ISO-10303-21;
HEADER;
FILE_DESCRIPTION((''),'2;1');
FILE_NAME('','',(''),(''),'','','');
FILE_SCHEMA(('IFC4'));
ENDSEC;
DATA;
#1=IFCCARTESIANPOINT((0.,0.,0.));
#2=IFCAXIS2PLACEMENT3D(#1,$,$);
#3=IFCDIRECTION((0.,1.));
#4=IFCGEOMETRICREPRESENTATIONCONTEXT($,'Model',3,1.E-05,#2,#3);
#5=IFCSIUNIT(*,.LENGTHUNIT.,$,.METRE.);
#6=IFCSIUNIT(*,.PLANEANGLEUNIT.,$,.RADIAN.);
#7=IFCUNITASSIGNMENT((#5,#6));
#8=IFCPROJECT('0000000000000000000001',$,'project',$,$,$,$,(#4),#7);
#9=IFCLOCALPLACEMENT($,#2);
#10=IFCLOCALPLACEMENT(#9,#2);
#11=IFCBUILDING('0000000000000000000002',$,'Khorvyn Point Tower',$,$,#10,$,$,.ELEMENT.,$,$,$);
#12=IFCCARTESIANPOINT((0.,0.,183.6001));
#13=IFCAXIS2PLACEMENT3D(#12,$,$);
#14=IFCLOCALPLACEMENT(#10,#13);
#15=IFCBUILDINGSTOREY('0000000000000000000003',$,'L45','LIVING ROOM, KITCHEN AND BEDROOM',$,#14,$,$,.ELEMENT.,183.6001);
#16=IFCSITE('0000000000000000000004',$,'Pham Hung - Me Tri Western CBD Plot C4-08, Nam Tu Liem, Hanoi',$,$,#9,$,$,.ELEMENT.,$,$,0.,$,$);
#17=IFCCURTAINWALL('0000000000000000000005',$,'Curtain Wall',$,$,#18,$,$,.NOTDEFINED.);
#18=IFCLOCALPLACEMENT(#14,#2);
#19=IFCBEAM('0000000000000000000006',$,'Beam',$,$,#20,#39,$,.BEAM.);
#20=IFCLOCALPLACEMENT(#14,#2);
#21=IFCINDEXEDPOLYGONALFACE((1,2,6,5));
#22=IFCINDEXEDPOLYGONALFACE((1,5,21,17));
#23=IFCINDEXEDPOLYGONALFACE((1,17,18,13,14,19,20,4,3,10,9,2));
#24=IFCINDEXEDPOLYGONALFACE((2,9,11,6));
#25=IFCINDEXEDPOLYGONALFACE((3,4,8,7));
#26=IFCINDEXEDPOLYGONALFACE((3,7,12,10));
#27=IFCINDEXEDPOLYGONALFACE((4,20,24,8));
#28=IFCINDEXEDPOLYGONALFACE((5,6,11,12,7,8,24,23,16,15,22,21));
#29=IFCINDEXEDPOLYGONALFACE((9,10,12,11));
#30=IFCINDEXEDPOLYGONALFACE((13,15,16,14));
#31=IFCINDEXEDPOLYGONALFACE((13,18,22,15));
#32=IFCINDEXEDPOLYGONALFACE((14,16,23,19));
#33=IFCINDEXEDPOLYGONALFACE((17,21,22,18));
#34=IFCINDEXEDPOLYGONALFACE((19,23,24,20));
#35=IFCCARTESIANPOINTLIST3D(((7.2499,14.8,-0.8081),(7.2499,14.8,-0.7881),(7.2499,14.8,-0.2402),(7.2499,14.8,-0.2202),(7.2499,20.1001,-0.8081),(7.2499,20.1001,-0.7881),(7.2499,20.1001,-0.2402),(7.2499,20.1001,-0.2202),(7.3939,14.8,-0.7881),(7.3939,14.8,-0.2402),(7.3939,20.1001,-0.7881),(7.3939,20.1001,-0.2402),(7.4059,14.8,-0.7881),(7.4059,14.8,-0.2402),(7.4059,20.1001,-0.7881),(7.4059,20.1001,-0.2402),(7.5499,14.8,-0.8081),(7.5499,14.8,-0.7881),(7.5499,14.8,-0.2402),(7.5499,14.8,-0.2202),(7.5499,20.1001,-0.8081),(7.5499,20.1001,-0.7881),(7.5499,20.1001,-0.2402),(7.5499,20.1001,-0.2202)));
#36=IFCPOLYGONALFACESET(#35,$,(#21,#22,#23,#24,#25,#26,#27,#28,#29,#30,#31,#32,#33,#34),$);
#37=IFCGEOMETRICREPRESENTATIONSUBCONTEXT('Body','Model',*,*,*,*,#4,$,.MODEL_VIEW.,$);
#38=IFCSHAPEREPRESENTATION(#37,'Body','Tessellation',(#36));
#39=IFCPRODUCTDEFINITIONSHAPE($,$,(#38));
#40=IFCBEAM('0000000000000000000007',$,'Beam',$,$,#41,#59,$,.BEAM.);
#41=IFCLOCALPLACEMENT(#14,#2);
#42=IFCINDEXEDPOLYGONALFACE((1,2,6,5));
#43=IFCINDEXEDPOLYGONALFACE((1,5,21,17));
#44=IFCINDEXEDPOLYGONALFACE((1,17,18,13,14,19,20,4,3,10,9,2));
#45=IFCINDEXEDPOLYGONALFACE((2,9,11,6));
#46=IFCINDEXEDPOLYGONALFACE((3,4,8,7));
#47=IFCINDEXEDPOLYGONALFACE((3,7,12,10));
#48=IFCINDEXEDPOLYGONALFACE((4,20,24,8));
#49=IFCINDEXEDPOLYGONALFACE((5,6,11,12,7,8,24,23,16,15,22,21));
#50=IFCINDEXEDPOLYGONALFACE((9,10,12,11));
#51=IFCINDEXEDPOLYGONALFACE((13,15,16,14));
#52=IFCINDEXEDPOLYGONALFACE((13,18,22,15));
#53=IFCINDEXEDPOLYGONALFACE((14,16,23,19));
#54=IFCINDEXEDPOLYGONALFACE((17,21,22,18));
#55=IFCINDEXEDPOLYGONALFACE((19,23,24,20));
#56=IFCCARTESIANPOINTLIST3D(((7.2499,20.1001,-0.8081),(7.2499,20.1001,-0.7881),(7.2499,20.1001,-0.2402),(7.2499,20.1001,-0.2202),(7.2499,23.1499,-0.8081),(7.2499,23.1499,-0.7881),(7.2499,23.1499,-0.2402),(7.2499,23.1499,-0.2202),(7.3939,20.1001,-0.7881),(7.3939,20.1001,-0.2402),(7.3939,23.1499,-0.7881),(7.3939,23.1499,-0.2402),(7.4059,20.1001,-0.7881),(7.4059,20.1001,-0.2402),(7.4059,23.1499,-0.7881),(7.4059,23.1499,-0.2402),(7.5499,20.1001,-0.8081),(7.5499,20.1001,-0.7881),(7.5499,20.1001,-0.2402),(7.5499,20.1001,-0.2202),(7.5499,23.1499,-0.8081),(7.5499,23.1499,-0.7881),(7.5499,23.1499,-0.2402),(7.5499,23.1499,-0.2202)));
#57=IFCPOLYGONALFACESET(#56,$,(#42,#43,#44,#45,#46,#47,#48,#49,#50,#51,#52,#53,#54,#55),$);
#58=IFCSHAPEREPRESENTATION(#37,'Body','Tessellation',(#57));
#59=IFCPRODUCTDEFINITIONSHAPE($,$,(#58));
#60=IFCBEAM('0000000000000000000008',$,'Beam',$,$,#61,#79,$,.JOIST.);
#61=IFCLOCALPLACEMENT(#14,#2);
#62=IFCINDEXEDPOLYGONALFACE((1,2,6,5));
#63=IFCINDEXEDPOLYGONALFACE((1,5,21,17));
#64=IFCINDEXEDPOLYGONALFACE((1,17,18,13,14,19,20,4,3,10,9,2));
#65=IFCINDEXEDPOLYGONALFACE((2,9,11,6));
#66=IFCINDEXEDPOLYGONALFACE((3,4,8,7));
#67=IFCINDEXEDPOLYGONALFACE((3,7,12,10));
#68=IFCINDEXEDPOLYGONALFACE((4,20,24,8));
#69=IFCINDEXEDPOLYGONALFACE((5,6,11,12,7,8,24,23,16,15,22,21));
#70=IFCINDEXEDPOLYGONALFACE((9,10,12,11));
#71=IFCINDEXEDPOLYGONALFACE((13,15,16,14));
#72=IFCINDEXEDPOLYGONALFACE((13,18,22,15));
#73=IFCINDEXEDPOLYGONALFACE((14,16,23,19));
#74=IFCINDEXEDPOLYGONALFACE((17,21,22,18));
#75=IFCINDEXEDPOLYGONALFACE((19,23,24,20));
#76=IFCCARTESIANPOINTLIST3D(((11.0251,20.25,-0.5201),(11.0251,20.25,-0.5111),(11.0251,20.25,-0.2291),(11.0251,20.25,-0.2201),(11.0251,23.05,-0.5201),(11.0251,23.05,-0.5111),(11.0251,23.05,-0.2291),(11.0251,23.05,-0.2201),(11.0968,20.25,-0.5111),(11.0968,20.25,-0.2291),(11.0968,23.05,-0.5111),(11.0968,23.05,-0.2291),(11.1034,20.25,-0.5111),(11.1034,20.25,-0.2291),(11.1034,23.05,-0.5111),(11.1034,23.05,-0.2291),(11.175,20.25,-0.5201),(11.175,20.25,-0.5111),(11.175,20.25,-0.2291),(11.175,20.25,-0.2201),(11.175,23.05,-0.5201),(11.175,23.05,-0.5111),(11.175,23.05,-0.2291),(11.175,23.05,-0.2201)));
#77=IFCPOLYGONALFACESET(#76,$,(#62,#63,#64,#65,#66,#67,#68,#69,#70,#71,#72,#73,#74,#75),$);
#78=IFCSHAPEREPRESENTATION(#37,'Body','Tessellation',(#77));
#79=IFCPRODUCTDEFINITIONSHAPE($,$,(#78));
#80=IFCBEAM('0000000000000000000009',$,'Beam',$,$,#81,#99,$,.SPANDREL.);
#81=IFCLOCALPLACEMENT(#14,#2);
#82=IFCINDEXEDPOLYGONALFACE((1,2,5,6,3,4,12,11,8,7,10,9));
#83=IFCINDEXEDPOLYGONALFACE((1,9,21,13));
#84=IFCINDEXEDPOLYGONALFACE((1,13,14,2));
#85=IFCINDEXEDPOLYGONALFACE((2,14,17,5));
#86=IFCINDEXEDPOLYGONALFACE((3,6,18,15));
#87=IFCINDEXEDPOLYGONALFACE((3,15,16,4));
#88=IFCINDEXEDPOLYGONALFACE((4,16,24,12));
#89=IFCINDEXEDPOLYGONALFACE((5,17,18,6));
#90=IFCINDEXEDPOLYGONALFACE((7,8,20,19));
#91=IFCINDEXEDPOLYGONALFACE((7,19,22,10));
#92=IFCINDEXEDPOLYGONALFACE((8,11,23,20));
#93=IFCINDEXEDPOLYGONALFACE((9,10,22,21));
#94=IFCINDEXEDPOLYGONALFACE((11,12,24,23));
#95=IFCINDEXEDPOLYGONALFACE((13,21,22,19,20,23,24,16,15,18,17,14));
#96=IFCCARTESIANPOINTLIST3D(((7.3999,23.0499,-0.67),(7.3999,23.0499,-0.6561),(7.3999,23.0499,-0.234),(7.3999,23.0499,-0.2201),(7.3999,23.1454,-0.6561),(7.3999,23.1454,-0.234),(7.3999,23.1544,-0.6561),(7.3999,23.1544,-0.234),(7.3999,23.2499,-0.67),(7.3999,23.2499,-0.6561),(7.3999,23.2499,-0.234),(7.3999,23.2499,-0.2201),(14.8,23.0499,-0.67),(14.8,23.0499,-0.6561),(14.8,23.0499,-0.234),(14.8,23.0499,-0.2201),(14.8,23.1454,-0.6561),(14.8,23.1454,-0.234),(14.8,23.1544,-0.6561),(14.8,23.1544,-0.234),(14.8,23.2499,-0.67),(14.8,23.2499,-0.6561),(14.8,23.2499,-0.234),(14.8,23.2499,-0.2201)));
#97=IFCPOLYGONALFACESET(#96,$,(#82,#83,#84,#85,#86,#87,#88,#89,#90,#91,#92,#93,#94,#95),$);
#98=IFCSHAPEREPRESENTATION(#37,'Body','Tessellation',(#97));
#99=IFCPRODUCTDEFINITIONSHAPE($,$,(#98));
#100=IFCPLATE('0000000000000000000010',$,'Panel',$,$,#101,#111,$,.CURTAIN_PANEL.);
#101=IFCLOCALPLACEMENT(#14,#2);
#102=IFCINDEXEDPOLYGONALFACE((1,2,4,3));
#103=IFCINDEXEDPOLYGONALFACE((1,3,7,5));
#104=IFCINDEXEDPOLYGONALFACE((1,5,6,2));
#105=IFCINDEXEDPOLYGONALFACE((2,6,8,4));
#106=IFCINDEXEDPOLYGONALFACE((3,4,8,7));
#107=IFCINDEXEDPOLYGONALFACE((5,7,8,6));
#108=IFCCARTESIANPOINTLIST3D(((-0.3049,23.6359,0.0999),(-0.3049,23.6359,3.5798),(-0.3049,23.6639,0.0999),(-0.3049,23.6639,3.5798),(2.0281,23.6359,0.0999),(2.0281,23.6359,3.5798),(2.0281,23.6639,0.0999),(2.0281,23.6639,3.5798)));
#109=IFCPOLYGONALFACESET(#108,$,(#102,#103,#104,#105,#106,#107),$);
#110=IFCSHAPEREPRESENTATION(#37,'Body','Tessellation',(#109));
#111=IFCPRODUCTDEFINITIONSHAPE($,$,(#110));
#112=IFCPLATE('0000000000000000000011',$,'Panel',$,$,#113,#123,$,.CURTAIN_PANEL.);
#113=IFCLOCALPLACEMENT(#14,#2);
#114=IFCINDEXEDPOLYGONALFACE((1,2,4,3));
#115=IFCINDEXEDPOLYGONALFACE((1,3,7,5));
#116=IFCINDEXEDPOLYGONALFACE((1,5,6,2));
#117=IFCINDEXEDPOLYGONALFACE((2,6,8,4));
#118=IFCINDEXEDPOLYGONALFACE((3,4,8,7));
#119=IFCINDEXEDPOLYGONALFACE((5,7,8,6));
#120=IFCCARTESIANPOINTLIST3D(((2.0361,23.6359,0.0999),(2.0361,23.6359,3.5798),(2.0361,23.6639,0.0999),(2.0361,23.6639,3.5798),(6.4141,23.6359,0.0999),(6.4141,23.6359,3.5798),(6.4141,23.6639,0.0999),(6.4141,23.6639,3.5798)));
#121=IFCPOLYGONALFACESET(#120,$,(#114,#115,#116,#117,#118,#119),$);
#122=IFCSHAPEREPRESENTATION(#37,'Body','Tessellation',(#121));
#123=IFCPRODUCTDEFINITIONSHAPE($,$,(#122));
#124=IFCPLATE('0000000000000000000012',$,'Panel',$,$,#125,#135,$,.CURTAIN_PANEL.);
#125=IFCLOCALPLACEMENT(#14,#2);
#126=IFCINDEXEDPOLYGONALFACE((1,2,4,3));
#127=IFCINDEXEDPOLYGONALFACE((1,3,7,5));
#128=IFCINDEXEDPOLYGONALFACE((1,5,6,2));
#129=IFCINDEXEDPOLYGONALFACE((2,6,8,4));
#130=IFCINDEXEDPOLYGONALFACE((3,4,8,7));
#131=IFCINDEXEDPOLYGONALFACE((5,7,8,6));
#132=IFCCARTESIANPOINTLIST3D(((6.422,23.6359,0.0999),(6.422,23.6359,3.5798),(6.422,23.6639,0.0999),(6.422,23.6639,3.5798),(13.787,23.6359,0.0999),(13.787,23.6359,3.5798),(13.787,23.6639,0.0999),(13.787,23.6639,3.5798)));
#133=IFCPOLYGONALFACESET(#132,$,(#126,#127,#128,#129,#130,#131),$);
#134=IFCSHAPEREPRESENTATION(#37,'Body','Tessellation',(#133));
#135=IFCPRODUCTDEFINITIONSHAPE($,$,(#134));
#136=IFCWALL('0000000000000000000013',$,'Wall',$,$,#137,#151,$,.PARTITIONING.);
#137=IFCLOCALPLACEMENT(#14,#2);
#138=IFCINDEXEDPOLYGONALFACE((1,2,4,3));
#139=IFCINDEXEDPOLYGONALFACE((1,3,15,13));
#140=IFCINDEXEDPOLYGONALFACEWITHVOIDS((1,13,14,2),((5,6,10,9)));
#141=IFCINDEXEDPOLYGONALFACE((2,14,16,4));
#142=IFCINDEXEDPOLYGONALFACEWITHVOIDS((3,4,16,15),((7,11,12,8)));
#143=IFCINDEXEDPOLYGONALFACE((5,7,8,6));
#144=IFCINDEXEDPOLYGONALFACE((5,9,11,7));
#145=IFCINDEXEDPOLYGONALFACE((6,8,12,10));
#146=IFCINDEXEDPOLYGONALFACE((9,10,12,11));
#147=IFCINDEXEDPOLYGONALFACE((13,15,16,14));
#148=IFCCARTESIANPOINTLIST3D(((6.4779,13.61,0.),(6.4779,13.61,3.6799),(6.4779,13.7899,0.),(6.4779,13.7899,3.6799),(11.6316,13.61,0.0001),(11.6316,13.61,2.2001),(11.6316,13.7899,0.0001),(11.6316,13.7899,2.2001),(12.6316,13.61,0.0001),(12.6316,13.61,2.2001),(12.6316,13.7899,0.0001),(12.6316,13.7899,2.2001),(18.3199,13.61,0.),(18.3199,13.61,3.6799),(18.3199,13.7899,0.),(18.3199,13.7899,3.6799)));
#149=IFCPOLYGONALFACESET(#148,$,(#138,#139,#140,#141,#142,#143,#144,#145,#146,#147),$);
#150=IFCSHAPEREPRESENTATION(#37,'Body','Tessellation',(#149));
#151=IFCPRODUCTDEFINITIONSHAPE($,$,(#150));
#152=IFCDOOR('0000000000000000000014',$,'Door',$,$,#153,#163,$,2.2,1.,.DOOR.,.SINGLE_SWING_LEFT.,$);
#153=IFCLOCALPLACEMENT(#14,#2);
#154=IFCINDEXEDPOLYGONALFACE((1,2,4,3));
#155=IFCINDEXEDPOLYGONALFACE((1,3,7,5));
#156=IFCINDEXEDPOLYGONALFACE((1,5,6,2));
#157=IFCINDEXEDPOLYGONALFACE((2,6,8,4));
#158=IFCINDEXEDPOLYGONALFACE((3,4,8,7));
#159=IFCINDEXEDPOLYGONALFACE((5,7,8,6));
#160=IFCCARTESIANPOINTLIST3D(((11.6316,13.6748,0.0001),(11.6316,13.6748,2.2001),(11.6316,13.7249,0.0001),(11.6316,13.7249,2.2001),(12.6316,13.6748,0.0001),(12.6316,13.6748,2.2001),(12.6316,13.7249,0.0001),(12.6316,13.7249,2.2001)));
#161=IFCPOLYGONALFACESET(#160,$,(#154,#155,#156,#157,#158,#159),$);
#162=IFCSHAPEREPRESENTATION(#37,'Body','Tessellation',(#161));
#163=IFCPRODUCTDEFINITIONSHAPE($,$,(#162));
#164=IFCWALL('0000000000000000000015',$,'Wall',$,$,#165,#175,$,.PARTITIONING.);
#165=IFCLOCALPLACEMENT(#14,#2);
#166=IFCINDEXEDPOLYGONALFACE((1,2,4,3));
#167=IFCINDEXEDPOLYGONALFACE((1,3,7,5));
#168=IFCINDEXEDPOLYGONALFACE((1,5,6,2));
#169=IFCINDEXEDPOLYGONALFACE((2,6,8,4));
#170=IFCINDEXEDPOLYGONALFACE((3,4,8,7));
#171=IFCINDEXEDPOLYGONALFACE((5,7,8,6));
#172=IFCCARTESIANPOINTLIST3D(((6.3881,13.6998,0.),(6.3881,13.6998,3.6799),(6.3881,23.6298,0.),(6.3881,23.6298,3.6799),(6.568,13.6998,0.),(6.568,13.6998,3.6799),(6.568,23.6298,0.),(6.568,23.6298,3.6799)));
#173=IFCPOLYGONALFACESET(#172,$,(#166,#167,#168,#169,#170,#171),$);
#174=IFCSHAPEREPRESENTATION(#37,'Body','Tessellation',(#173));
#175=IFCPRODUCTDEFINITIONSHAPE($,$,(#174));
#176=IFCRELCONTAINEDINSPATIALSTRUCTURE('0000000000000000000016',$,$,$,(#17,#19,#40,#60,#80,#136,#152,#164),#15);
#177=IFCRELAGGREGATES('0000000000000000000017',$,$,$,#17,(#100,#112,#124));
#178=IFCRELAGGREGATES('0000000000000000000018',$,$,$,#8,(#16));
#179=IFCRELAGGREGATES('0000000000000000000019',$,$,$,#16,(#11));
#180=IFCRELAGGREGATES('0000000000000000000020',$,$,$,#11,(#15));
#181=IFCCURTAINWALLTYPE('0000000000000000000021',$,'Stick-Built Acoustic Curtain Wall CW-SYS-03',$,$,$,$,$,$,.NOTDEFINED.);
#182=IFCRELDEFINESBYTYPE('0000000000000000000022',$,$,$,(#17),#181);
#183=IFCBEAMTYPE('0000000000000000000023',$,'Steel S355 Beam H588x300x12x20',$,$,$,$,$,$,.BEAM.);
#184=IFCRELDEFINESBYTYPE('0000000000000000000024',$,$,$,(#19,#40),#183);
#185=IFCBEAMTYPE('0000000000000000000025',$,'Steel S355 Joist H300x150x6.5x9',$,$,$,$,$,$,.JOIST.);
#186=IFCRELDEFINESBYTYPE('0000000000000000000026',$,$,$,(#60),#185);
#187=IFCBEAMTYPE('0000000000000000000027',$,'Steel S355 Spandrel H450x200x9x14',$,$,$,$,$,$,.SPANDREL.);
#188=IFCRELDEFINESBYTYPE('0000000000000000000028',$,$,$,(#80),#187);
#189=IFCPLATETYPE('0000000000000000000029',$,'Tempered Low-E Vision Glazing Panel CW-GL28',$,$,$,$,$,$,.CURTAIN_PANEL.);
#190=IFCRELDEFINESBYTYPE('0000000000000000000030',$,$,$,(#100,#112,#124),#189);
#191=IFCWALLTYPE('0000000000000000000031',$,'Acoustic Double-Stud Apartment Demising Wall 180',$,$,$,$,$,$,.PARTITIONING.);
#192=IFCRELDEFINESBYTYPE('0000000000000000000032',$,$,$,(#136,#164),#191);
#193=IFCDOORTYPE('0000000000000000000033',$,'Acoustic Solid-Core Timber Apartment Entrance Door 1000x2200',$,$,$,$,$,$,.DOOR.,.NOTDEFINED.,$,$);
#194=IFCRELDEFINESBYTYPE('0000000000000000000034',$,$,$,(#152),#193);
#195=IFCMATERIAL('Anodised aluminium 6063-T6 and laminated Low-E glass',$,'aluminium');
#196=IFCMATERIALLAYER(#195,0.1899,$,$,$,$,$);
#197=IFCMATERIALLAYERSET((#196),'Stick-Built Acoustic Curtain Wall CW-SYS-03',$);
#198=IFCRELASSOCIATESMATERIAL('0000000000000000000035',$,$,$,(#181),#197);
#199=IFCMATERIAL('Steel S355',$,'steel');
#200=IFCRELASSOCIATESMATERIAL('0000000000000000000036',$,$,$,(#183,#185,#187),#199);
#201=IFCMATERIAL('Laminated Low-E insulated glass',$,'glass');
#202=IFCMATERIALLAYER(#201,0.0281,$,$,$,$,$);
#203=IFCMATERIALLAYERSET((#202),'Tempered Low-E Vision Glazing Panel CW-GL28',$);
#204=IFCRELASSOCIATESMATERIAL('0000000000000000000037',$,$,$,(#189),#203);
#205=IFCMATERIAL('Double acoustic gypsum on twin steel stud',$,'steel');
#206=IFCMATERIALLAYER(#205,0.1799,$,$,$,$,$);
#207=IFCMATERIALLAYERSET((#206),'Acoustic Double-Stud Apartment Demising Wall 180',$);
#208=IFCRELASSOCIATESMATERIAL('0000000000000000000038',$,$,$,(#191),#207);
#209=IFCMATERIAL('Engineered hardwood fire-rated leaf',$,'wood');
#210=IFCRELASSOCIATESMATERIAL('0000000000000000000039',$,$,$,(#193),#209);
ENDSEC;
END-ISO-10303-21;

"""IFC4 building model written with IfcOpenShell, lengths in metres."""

from ifc_helpers import new_model, si_unit, direction, frame, frame_2d, origin, origin_2d, place, context, subcontext, project, spatial, rectangle, i_section, extrude, material, layer, layer_set, material_profile, profile_set, type_object, element, fill, aggregate, save


model = new_model("IFC4")

# Units and contexts
model_context = context("Model", 3, precision=1e-05, world=origin(), true_north=direction((0.0, 1.0)))
body_context = subcontext(model_context, "Body", "Model", "MODEL_VIEW")
ifc_project = project(units=[si_unit("LENGTHUNIT", "METRE"), si_unit("PLANEANGLEUNIT", "RADIAN")], contexts=[model_context])

# Site, building, storey
site_placement = place(None, origin())
site = spatial("IfcSite", under=ifc_project, at=site_placement, Name="Pham Hung - Me Tri Western CBD Plot C4-08, Nam Tu Liem, Hanoi", CompositionType="ELEMENT", RefElevation=0.0)
building_placement = place(site_placement, origin())
building = spatial("IfcBuilding", under=site, at=building_placement, Name="Khorvyn Point Tower", CompositionType="ELEMENT")
storey_placement = place(building_placement, frame((0.0, 0.0, 183.6001)))
storey = spatial("IfcBuildingStorey", under=building, at=storey_placement, Name="L45", Description="LIVING ROOM, KITCHEN AND BEDROOM", CompositionType="ELEMENT", Elevation=183.6001)

# Curtain wall
ifc_material_1 = material(Name="Anodised aluminium 6063-T6 and laminated Low-E glass", Category="aluminium")
ifc_layer_1 = layer(ifc_material_1, 0.1899)
ifc_layer_set_1 = layer_set([ifc_layer_1], Name="Stick-Built Acoustic Curtain Wall CW-SYS-03")
curtain_wall_type = type_object("IfcCurtainWallType", Name="Stick-Built Acoustic Curtain Wall CW-SYS-03", PredefinedType="NOTDEFINED", material=ifc_layer_set_1)
curtain_wall_placement = place(storey_placement, origin())
curtain_wall = element("IfcCurtainWall", 1, at=curtain_wall_placement, inside=storey, type_object=curtain_wall_type, Name="Curtain Wall", PredefinedType="NOTDEFINED")

# Beams
ifc_material_2 = material(Name="Steel S355", Category="steel")
ifc_material_profile_1 = material_profile(ifc_material_2, i_section(OverallWidth=0.3, OverallDepth=0.5879, WebThickness=0.012, FlangeThickness=0.02, at=origin_2d()))
ifc_profile_set_1 = profile_set([ifc_material_profile_1], Name="Steel S355 H588x300x12x20")
beam_type_1 = type_object("IfcBeamType", Name="Steel S355 Beam H588x300x12x20", PredefinedType="BEAM", material=ifc_profile_set_1)
beam_1_placement = place(storey_placement, frame((7.3999, 14.8, -0.5142), z_axis=(0.0, 1.0, 0.0), x_axis=(-1.0, 0.0, 0.0)))
element("IfcBeam", 2, at=beam_1_placement, inside=storey, type_object=beam_type_1, Name="Beam", PredefinedType="BEAM", context=body_context, shape_type="SweptSolid", body=[
    extrude(i_section(OverallWidth=0.3, OverallDepth=0.5879, WebThickness=0.012, FlangeThickness=0.02, at=origin_2d()), origin(), (0.0, 0.0, 1.0), 5.3),
])
beam_2_placement = place(storey_placement, frame((7.3999, 20.1001, -0.5142), z_axis=(0.0, 1.0, 0.0), x_axis=(-1.0, 0.0, 0.0)))
element("IfcBeam", 3, at=beam_2_placement, inside=storey, type_object=beam_type_1, Name="Beam", PredefinedType="BEAM", context=body_context, shape_type="SweptSolid", body=[
    extrude(i_section(OverallWidth=0.3, OverallDepth=0.5879, WebThickness=0.012, FlangeThickness=0.02, at=origin_2d()), origin(), (0.0, 0.0, 1.0), 3.0498),
])
ifc_material_profile_2 = material_profile(ifc_material_2, i_section(OverallWidth=0.1499, OverallDepth=0.3, WebThickness=0.0066, FlangeThickness=0.009, at=origin_2d()))
ifc_profile_set_2 = profile_set([ifc_material_profile_2], Name="Steel S355 H300x150x6.5x9")
beam_type_2 = type_object("IfcBeamType", Name="Steel S355 Joist H300x150x6.5x9", PredefinedType="JOIST", material=ifc_profile_set_2)
beam_3_placement = place(storey_placement, frame((11.1001, 20.25, -0.3701), z_axis=(0.0, 1.0, 0.0), x_axis=(-1.0, 0.0, 0.0)))
element("IfcBeam", 4, at=beam_3_placement, inside=storey, type_object=beam_type_2, Name="Beam", PredefinedType="JOIST", context=body_context, shape_type="SweptSolid", body=[
    extrude(i_section(OverallWidth=0.1499, OverallDepth=0.3, WebThickness=0.0066, FlangeThickness=0.009, at=origin_2d()), origin(), (0.0, 0.0, 1.0), 2.8),
])
ifc_material_profile_3 = material_profile(ifc_material_2, i_section(OverallWidth=0.2, OverallDepth=0.45, WebThickness=0.009, FlangeThickness=0.0139, at=origin_2d()))
ifc_profile_set_3 = profile_set([ifc_material_profile_3], Name="Steel S355 H450x200x9x14")
beam_type_3 = type_object("IfcBeamType", Name="Steel S355 Spandrel H450x200x9x14", PredefinedType="SPANDREL", material=ifc_profile_set_3)
beam_4_placement = place(storey_placement, frame((7.3999, 23.1499, -0.4451), z_axis=(1.0, 0.0, 0.0), x_axis=(0.0, 1.0, 0.0)))
element("IfcBeam", 5, at=beam_4_placement, inside=storey, type_object=beam_type_3, Name="Beam", PredefinedType="SPANDREL", context=body_context, shape_type="SweptSolid", body=[
    extrude(i_section(OverallWidth=0.2, OverallDepth=0.45, WebThickness=0.009, FlangeThickness=0.0139, at=origin_2d()), origin(), (0.0, 0.0, 1.0), 7.4001),
])

# Plates
ifc_material_3 = material(Name="Laminated Low-E insulated glass", Category="glass")
ifc_layer_2 = layer(ifc_material_3, 0.0281)
ifc_layer_set_2 = layer_set([ifc_layer_2], Name="Tempered Low-E Vision Glazing Panel CW-GL28")
plate_type = type_object("IfcPlateType", Name="Tempered Low-E Vision Glazing Panel CW-GL28", PredefinedType="CURTAIN_PANEL", material=ifc_layer_set_2)
plate_1_placement = place(storey_placement, frame((0.8616, 23.6499, 0.0999), z_axis=(0.0, 0.0, 1.0), x_axis=(1.0, 0.0, 0.0)))
plate_1 = element("IfcPlate", 6, at=plate_1_placement, type_object=plate_type, Name="Panel", PredefinedType="CURTAIN_PANEL", context=body_context, shape_type="SweptSolid", body=[
    extrude(rectangle(XDim=2.333, YDim=0.0281, at=origin_2d()), origin(), (0.0, 0.0, 1.0), 3.48),
])
plate_2_placement = place(storey_placement, frame((4.2251, 23.6499, 0.0999), z_axis=(0.0, 0.0, 1.0), x_axis=(1.0, 0.0, 0.0)))
plate_2 = element("IfcPlate", 7, at=plate_2_placement, type_object=plate_type, Name="Panel", PredefinedType="CURTAIN_PANEL", context=body_context, shape_type="SweptSolid", body=[
    extrude(rectangle(XDim=4.3779, YDim=0.0281, at=origin_2d()), origin(), (0.0, 0.0, 1.0), 3.48),
])
plate_3_placement = place(storey_placement, frame((10.1045, 23.6499, 0.0999), z_axis=(0.0, 0.0, 1.0), x_axis=(1.0, 0.0, 0.0)))
plate_3 = element("IfcPlate", 8, at=plate_3_placement, type_object=plate_type, Name="Panel", PredefinedType="CURTAIN_PANEL", context=body_context, shape_type="SweptSolid", body=[
    extrude(rectangle(XDim=7.365, YDim=0.0281, at=origin_2d()), origin(), (0.0, 0.0, 1.0), 3.48),
])
aggregate(curtain_wall, [plate_1, plate_2, plate_3])

# Wall, opening, door
ifc_material_4 = material(Name="Double acoustic gypsum on twin steel stud", Category="steel")
ifc_layer_3 = layer(ifc_material_4, 0.1799)
ifc_layer_set_3 = layer_set([ifc_layer_3], Name="Acoustic Double-Stud Apartment Demising Wall 180")
wall_type_1 = type_object("IfcWallType", Name="Acoustic Double-Stud Apartment Demising Wall 180", PredefinedType="PARTITIONING", material=ifc_layer_set_3)
wall_1_placement = place(storey_placement, frame((6.478, 13.7, 0.0), z_axis=(0.0, 0.0, 1.0), x_axis=(1.0, 0.0, 0.0)))
wall_1 = element("IfcWall", 9, at=wall_1_placement, inside=storey, type_object=wall_type_1, Name="Wall", PredefinedType="PARTITIONING", context=body_context, shape_type="SweptSolid", body=[
    extrude(rectangle(XDim=11.842, YDim=0.1799, at=frame_2d((5.9209, 0.0))), origin(), (0.0, 0.0, 1.0), 3.6799),
])
opening_1_placement = place(wall_1_placement, frame((5.1536, 0.0, 0.0)))
opening_1 = element("IfcOpeningElement", 10, at=opening_1_placement, cuts=wall_1, PredefinedType="OPENING", context=body_context, shape_type="SweptSolid", body=[
    extrude(rectangle(XDim=1.0, YDim=2.2, at=frame_2d((0.5, 1.1001))), frame((0.0, 0.0999, 0.0), z_axis=(0.0, -1.0, 0.0), x_axis=(1.0, 0.0, 0.0)), (0.0, 0.0, 1.0), 0.2),
])
ifc_material_5 = material(Name="Engineered hardwood fire-rated leaf", Category="wood")
door_type_1 = type_object("IfcDoorType", Name="Acoustic Solid-Core Timber Apartment Entrance Door 1000x2200", OperationType="NOTDEFINED", PredefinedType="DOOR", material=ifc_material_5)
door_1_placement = place(opening_1_placement, origin())
door_1 = element("IfcDoor", 11, at=door_1_placement, inside=storey, type_object=door_type_1, Name="Door", OperationType="SINGLE_SWING_LEFT", OverallHeight=2.2, OverallWidth=1.0, PredefinedType="DOOR", context=body_context, shape_type="SweptSolid", body=[
    extrude(rectangle(XDim=1.0, YDim=2.2, at=frame_2d((0.5, 1.1001))), frame((0.0, 0.0249, 0.0), z_axis=(0.0, -1.0, 0.0), x_axis=(1.0, 0.0, 0.0)), (0.0, 0.0, 1.0), 0.05),
])
fill(opening_1, door_1)

# Wall
wall_2_placement = place(storey_placement, frame((6.478, 13.7, 0.0), z_axis=(0.0, 0.0, 1.0), x_axis=(0.0, 1.0, 0.0)))
element("IfcWall", 12, at=wall_2_placement, inside=storey, type_object=wall_type_1, Name="Wall", PredefinedType="PARTITIONING", context=body_context, shape_type="SweptSolid", body=[
    extrude(rectangle(XDim=9.9299, YDim=0.1799, at=frame_2d((4.9648, 0.0))), origin(), (0.0, 0.0, 1.0), 3.6799),
])

save(model, "model.ifc")
